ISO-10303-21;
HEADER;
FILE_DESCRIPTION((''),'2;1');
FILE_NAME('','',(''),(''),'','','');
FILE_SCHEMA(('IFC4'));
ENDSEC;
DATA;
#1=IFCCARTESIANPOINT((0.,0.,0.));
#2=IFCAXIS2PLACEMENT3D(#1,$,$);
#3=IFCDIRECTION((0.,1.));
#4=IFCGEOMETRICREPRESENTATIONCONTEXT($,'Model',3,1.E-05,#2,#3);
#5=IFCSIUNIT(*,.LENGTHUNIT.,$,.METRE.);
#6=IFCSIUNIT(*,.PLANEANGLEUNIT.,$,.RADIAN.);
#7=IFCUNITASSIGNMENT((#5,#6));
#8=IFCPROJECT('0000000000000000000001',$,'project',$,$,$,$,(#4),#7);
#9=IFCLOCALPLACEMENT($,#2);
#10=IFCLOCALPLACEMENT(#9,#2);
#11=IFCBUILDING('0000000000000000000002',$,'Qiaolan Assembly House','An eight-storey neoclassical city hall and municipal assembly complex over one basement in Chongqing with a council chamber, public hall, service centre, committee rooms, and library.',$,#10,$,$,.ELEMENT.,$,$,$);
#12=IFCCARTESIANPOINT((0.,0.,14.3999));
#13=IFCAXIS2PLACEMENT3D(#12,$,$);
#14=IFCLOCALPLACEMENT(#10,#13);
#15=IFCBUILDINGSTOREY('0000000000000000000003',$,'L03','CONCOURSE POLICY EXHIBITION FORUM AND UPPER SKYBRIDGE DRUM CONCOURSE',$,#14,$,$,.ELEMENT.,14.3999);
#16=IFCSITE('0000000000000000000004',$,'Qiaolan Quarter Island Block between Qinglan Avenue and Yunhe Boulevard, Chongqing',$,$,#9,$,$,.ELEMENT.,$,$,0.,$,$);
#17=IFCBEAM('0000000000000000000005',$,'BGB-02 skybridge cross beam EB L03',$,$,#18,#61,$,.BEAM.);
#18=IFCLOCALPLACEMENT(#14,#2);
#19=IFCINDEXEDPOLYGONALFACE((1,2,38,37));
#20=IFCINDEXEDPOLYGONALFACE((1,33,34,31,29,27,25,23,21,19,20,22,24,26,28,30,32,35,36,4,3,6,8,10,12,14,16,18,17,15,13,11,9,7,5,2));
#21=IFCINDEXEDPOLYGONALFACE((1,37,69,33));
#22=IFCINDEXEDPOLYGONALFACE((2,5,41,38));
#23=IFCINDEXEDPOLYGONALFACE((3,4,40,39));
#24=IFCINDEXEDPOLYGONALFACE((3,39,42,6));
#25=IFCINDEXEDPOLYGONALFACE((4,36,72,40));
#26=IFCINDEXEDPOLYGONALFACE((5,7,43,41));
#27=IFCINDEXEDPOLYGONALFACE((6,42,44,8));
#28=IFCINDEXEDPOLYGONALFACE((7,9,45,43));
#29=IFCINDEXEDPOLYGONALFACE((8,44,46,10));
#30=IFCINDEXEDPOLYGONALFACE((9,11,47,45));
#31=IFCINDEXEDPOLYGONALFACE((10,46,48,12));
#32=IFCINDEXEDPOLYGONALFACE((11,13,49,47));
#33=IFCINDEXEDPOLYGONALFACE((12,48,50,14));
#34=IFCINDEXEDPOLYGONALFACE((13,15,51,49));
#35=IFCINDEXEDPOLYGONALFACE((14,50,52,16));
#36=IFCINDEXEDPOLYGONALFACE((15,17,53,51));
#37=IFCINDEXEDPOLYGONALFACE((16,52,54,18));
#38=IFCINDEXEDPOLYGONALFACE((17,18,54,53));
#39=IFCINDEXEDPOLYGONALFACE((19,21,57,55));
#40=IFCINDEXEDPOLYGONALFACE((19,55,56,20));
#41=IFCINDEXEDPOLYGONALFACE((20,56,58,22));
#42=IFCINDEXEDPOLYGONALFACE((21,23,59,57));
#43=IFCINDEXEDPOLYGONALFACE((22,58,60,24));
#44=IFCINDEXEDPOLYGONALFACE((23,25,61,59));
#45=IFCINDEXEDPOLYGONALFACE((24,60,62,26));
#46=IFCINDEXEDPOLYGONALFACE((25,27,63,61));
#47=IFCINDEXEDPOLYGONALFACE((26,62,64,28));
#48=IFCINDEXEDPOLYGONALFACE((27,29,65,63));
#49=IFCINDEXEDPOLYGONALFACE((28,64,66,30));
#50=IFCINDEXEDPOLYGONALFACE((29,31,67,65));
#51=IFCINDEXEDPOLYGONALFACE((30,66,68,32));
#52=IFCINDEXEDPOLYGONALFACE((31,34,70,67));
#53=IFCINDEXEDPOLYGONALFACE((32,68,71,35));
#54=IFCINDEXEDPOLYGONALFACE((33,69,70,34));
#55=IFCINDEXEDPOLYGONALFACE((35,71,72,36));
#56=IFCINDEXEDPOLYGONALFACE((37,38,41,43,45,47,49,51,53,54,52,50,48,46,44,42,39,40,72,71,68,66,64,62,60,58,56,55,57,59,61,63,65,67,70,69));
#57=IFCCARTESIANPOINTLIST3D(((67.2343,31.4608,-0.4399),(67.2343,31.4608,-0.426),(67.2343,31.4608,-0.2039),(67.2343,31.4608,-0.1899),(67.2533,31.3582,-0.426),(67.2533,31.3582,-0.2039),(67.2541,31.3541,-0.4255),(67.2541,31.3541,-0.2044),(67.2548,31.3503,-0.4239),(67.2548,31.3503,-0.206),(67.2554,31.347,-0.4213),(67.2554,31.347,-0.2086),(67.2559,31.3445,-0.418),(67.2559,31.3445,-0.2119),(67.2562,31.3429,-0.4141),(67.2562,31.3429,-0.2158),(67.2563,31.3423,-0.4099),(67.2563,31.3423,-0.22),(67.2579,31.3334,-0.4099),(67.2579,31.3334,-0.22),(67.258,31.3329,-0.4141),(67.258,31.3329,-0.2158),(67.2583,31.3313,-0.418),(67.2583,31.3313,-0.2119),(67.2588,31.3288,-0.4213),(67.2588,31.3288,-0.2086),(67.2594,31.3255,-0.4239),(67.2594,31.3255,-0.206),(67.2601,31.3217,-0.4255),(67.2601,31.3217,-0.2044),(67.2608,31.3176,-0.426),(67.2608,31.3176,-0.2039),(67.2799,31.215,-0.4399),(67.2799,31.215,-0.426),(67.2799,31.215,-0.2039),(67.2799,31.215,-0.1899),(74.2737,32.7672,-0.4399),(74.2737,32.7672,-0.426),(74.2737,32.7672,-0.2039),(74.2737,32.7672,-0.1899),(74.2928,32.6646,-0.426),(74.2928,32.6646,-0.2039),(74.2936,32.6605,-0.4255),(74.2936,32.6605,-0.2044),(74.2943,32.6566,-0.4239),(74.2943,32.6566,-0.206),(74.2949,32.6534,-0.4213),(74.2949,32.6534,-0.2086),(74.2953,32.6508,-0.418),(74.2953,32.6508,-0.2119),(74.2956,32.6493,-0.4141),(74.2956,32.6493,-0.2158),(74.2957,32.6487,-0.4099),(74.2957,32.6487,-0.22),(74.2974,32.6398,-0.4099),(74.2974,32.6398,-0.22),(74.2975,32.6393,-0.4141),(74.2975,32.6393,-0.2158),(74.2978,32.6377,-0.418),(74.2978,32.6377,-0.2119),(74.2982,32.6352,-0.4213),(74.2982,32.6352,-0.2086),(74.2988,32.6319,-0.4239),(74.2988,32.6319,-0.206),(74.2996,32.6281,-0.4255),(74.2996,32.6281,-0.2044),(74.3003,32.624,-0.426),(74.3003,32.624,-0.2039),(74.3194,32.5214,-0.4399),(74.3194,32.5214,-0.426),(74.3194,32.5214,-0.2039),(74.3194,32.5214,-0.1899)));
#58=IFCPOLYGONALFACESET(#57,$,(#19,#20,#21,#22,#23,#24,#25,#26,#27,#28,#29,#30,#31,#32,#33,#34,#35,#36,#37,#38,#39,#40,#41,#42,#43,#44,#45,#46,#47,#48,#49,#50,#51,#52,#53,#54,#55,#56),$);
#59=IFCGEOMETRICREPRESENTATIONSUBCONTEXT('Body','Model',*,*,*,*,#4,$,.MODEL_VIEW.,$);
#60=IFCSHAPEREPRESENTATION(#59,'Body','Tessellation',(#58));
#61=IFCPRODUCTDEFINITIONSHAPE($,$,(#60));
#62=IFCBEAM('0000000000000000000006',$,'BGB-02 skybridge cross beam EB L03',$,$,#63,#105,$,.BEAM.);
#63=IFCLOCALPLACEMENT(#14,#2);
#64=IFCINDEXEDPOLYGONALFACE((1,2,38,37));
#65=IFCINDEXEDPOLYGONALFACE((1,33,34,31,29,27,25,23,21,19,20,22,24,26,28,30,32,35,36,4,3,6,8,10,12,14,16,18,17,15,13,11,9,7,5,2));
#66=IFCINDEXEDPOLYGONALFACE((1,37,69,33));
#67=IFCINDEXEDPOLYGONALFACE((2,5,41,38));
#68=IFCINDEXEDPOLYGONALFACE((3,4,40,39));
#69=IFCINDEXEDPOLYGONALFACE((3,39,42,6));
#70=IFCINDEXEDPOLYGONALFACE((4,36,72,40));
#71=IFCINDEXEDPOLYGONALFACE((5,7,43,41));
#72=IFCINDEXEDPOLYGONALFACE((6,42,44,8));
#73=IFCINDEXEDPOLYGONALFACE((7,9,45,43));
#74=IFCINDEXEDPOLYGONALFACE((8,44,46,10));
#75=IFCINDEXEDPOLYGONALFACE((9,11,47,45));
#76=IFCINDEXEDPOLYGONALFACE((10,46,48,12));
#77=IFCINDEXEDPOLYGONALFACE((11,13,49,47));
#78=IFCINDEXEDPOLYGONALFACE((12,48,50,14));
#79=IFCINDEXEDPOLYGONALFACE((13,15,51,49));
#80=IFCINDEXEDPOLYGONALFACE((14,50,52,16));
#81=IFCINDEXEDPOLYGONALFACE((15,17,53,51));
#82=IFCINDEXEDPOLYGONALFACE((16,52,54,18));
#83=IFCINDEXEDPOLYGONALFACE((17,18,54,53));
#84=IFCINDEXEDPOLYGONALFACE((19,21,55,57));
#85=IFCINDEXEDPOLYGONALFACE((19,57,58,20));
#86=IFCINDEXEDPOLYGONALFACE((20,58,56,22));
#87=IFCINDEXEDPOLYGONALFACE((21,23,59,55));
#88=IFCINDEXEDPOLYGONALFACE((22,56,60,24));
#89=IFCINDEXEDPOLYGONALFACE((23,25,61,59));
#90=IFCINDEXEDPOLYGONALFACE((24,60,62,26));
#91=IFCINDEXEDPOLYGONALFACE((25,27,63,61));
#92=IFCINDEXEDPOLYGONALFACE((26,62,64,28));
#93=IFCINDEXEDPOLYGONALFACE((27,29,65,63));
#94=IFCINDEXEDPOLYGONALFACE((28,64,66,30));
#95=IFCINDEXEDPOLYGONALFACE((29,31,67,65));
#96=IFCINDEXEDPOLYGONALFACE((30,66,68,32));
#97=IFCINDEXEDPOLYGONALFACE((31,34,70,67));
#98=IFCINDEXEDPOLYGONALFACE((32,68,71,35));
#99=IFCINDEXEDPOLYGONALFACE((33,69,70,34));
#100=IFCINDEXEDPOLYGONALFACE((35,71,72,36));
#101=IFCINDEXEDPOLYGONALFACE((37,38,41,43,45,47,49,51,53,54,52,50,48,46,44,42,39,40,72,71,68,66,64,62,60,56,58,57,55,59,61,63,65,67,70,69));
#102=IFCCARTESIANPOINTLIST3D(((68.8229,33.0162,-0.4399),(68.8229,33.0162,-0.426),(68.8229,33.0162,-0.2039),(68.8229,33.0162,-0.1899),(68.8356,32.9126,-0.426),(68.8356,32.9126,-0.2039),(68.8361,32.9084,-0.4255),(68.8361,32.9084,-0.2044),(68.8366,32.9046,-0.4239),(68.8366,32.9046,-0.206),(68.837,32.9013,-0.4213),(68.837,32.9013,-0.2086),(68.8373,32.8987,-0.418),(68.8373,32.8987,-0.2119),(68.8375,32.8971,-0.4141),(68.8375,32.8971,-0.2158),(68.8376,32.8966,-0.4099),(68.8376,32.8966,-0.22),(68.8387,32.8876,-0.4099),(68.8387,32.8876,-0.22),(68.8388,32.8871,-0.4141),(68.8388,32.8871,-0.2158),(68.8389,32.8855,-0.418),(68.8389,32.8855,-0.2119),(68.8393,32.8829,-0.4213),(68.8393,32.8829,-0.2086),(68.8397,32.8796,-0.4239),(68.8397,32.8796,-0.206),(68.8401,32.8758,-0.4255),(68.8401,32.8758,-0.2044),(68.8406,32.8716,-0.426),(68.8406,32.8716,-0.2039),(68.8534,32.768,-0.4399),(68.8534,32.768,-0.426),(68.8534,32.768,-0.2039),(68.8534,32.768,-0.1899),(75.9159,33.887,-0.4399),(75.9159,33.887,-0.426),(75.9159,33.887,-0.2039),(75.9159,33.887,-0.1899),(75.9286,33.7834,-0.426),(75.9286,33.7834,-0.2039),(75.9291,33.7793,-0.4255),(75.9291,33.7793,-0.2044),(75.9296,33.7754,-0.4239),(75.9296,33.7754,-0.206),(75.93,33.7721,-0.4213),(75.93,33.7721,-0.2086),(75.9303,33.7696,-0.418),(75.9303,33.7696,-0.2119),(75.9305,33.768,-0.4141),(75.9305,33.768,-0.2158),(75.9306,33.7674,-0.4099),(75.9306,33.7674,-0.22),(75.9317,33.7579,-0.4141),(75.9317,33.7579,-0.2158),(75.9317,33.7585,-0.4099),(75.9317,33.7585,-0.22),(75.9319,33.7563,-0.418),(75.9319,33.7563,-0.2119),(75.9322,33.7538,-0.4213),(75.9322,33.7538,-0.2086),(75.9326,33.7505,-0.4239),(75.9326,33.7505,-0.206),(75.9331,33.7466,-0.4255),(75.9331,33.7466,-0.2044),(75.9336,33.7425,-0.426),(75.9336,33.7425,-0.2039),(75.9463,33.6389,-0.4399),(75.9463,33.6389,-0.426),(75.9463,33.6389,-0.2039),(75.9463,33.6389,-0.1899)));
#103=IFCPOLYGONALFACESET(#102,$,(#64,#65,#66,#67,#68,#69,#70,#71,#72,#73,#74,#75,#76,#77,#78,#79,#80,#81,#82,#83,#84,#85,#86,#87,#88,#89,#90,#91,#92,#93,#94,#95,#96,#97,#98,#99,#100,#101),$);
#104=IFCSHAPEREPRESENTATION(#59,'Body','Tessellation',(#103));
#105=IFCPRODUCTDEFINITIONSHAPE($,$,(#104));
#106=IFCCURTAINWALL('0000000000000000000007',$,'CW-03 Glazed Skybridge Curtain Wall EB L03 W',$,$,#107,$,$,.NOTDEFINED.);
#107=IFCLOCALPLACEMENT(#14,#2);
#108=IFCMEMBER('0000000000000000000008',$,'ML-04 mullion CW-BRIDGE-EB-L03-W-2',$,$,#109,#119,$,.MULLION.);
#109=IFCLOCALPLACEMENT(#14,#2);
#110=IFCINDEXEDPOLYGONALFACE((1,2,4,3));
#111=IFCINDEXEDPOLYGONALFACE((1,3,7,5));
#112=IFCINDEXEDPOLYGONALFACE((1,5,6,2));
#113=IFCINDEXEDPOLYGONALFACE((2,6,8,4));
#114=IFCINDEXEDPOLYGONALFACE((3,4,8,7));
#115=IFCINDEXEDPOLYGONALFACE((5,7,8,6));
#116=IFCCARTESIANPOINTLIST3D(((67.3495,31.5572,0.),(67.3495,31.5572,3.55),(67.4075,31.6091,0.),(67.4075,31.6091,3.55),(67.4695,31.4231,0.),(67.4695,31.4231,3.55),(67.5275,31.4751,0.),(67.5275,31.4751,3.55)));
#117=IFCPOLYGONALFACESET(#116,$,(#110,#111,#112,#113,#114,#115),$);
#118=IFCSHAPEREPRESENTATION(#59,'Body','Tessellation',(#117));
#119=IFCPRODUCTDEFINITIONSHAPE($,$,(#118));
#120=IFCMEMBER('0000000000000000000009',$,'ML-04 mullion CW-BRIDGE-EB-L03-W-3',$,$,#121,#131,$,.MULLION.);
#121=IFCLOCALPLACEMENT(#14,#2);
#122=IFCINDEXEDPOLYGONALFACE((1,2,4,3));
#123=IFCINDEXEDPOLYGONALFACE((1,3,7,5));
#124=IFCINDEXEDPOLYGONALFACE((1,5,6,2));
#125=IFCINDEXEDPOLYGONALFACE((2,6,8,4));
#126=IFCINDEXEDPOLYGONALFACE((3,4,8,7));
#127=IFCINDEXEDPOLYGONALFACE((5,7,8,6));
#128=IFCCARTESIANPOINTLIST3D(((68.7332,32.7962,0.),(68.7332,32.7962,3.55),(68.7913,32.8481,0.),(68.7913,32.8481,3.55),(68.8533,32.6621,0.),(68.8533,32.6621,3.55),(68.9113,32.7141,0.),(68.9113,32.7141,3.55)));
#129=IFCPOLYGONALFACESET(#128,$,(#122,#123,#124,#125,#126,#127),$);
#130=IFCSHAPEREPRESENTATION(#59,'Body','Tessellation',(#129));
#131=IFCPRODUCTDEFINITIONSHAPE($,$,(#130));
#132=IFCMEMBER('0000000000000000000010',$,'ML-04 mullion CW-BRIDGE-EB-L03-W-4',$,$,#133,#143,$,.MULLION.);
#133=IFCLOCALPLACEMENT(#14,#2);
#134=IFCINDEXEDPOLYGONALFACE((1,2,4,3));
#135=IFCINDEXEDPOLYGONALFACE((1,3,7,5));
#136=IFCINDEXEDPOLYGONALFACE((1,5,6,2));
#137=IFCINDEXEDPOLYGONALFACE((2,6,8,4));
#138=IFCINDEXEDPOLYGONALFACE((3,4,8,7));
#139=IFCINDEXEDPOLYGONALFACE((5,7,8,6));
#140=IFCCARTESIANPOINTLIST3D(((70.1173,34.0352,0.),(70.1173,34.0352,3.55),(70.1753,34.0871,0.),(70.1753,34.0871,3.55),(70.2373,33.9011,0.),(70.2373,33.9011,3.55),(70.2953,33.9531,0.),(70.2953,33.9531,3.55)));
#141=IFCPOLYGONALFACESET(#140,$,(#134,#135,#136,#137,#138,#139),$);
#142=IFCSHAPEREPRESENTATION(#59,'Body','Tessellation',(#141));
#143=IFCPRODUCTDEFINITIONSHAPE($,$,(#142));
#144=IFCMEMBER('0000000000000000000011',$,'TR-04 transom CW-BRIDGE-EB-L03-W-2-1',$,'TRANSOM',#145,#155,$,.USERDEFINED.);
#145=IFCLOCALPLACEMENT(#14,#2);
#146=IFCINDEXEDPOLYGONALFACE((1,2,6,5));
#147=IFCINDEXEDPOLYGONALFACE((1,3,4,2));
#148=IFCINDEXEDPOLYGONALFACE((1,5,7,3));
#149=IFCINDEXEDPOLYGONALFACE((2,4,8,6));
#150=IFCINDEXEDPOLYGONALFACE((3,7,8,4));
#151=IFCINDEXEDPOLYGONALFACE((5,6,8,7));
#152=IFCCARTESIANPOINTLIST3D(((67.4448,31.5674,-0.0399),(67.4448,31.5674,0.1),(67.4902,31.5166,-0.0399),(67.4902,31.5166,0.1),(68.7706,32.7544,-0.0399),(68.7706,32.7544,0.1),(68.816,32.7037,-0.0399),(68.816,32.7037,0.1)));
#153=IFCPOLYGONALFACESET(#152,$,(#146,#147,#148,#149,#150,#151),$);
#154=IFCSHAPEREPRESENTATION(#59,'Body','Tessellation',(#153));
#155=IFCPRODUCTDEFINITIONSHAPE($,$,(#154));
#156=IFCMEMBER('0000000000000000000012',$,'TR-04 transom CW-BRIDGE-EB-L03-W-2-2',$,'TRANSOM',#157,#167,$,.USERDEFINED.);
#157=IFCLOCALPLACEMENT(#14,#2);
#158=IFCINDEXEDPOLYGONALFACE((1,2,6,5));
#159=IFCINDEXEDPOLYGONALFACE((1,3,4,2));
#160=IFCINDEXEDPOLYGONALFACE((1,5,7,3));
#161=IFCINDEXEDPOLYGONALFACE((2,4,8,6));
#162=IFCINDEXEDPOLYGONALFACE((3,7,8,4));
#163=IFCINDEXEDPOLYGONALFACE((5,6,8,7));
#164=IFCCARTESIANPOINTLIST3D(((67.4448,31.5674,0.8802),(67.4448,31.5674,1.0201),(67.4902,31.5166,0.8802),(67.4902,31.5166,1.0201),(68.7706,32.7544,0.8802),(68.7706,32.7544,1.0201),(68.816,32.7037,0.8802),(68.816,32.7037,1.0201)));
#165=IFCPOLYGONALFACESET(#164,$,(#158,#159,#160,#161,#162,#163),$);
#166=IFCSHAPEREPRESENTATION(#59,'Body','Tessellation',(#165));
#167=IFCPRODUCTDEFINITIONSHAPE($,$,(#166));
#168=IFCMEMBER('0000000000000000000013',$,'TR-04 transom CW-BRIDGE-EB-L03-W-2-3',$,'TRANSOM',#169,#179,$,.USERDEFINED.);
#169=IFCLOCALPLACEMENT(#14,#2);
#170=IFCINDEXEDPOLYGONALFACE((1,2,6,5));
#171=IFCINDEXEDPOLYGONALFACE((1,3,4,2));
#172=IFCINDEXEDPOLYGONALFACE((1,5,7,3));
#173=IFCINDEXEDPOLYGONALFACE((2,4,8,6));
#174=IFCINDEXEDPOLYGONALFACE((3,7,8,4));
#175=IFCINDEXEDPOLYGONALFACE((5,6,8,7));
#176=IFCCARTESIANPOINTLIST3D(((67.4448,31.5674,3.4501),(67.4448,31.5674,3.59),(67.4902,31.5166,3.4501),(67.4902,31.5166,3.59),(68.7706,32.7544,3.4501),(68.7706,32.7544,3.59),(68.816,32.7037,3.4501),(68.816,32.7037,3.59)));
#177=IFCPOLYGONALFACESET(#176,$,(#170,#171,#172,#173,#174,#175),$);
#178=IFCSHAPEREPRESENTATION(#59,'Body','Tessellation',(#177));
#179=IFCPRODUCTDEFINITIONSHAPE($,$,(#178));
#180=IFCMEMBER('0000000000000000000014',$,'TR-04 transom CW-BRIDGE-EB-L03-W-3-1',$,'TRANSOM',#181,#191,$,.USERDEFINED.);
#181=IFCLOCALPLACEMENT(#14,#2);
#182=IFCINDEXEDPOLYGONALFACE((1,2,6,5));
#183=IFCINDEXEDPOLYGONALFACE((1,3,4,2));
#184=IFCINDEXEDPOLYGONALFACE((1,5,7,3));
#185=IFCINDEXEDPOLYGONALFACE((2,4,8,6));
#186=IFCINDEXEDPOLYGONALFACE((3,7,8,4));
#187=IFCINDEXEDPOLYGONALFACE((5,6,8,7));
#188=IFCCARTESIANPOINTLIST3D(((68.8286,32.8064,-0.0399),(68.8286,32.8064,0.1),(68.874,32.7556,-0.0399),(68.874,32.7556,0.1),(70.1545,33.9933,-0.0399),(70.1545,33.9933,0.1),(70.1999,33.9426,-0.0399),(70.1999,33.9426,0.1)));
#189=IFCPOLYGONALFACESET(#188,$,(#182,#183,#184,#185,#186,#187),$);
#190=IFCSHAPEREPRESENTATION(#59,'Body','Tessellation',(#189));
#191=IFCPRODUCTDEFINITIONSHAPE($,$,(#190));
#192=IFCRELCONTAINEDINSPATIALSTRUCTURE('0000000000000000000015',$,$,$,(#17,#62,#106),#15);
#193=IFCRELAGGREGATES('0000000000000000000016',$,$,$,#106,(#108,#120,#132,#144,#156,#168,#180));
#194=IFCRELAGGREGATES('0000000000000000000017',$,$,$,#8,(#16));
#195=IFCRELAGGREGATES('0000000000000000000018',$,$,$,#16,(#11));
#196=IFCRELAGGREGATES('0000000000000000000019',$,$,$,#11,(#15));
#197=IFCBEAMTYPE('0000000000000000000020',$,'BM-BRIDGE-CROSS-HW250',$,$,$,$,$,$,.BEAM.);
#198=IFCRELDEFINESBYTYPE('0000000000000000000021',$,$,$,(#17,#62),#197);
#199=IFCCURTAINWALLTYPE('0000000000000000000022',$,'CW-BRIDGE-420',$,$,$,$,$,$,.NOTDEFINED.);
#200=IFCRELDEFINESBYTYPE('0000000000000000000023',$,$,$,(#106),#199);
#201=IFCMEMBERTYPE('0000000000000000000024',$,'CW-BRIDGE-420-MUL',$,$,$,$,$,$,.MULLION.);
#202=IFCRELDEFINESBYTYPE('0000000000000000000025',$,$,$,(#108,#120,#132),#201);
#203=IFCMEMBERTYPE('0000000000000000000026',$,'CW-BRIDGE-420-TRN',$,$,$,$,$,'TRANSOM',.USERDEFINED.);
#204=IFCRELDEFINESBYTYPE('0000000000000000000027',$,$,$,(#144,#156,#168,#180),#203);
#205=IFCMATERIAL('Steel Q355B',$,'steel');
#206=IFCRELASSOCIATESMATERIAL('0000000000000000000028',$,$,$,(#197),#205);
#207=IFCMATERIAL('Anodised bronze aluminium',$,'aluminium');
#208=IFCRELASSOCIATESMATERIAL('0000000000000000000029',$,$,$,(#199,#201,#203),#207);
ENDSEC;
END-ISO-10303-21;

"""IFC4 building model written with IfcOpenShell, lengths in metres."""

from ifc_helpers import new_model, si_unit, direction, frame, origin, origin_2d, place, context, subcontext, project, spatial, rectangle, i_section, extrude, material, material_profile, profile_set, type_object, element, aggregate, save


model = new_model("IFC4")

# Units and contexts
model_context = context("Model", 3, precision=1e-05, world=origin(), true_north=direction((0.0, 1.0)))
body_context = subcontext(model_context, "Body", "Model", "MODEL_VIEW")
ifc_project = project(units=[si_unit("LENGTHUNIT", "METRE"), si_unit("PLANEANGLEUNIT", "RADIAN")], contexts=[model_context])

# Site, building, storey
site_placement = place(None, origin())
site = spatial("IfcSite", under=ifc_project, at=site_placement, Name="Qiaolan Quarter Island Block between Qinglan Avenue and Yunhe Boulevard, Chongqing", CompositionType="ELEMENT", RefElevation=0.0)
building_placement = place(site_placement, origin())
building = spatial("IfcBuilding", under=site, at=building_placement, Name="Qiaolan Assembly House", Description="An eight-storey neoclassical city hall and municipal assembly complex over one basement in Chongqing with a council chamber, public hall, service centre, committee rooms, and library.", CompositionType="ELEMENT")
storey_placement = place(building_placement, frame((0.0, 0.0, 14.3999)))
storey = spatial("IfcBuildingStorey", under=building, at=storey_placement, Name="L03", Description="CONCOURSE POLICY EXHIBITION FORUM AND UPPER SKYBRIDGE DRUM CONCOURSE", CompositionType="ELEMENT", Elevation=14.3999)

# Beams
ifc_material_1 = material(Name="Steel Q355B", Category="steel")
ifc_material_profile_1 = material_profile(ifc_material_1, i_section(OverallWidth=0.25, OverallDepth=0.25, WebThickness=0.009, FlangeThickness=0.0139, FilletRadius=0.0161, at=origin_2d()), Name="HW 250x250x9x14")
ifc_profile_set_1 = profile_set([ifc_material_profile_1], Name="Steel Q355B")
beam_type = type_object("IfcBeamType", Name="BM-BRIDGE-CROSS-HW250", PredefinedType="BEAM", material=ifc_profile_set_1)
beam_1_placement = place(storey_placement, frame((67.2571, 31.3379, -0.3149), z_axis=(0.983213, 0.182464, 0.0), x_axis=(-0.182464, 0.983213, 0.0)))
element("IfcBeam", 1, at=beam_1_placement, inside=storey, type_object=beam_type, Name="BGB-02 skybridge cross beam EB L03", PredefinedType="BEAM", context=body_context, shape_type="SweptSolid", body=[
    extrude(i_section(OverallWidth=0.25, OverallDepth=0.25, WebThickness=0.009, FlangeThickness=0.0139, FilletRadius=0.0161, at=origin_2d()), origin(), (0.0, 0.0, 1.0), 7.1597),
])
beam_2_placement = place(storey_placement, frame((68.8381, 32.8921, -0.3149), z_axis=(0.992547, 0.121861, 0.0), x_axis=(-0.121861, 0.992547, 0.0)))
element("IfcBeam", 2, at=beam_2_placement, inside=storey, type_object=beam_type, Name="BGB-02 skybridge cross beam EB L03", PredefinedType="BEAM", context=body_context, shape_type="SweptSolid", body=[
    extrude(i_section(OverallWidth=0.25, OverallDepth=0.25, WebThickness=0.009, FlangeThickness=0.0139, FilletRadius=0.0161, at=origin_2d()), origin(), (0.0, 0.0, 1.0), 7.1462),
])

# Curtain wall, members
ifc_material_2 = material(Name="Anodised bronze aluminium", Category="aluminium")
curtain_wall_type = type_object("IfcCurtainWallType", Name="CW-BRIDGE-420", PredefinedType="NOTDEFINED", material=ifc_material_2)
curtain_wall_placement = place(storey_placement, origin())
curtain_wall = element("IfcCurtainWall", 3, at=curtain_wall_placement, inside=storey, type_object=curtain_wall_type, Name="CW-03 Glazed Skybridge Curtain Wall EB L03 W", PredefinedType="NOTDEFINED")
ifc_material_profile_2 = material_profile(ifc_material_2, rectangle(XDim=0.0779, YDim=0.1799, at=origin_2d()), Name="MUL 78x180")
ifc_profile_set_2 = profile_set([ifc_material_profile_2], Name="Anodised bronze aluminium")
member_type_1 = type_object("IfcMemberType", Name="CW-BRIDGE-420-MUL", PredefinedType="MULLION", material=ifc_profile_set_2)
member_1_placement = place(storey_placement, frame((67.4385, 31.5161, 0.0), z_axis=(0.0, 0.0, 1.0), x_axis=(0.745038, 0.667022, 0.0)))
member_1 = element("IfcMember", 4, at=member_1_placement, type_object=member_type_1, Name="ML-04 mullion CW-BRIDGE-EB-L03-W-2", PredefinedType="MULLION", context=body_context, shape_type="SweptSolid", body=[
    extrude(rectangle(XDim=0.0779, YDim=0.1799, at=origin_2d()), origin(), (0.0, 0.0, 1.0), 3.55),
])
member_2_placement = place(storey_placement, frame((68.8223, 32.7551, 0.0), z_axis=(0.0, 0.0, 1.0), x_axis=(0.745038, 0.667022, 0.0)))
member_2 = element("IfcMember", 5, at=member_2_placement, type_object=member_type_1, Name="ML-04 mullion CW-BRIDGE-EB-L03-W-3", PredefinedType="MULLION", context=body_context, shape_type="SweptSolid", body=[
    extrude(rectangle(XDim=0.0779, YDim=0.1799, at=origin_2d()), origin(), (0.0, 0.0, 1.0), 3.55),
])
member_3_placement = place(storey_placement, frame((70.2063, 33.9941, 0.0), z_axis=(0.0, 0.0, 1.0), x_axis=(0.745038, 0.667022, 0.0)))
member_3 = element("IfcMember", 6, at=member_3_placement, type_object=member_type_1, Name="ML-04 mullion CW-BRIDGE-EB-L03-W-4", PredefinedType="MULLION", context=body_context, shape_type="SweptSolid", body=[
    extrude(rectangle(XDim=0.0779, YDim=0.1799, at=origin_2d()), origin(), (0.0, 0.0, 1.0), 3.55),
])
ifc_material_profile_3 = material_profile(ifc_material_2, rectangle(XDim=0.0681, YDim=0.1399, at=origin_2d()), Name="TRN 68x140")
ifc_profile_set_3 = profile_set([ifc_material_profile_3], Name="Anodised bronze aluminium")
member_type_2 = type_object("IfcMemberType", Name="CW-BRIDGE-420-TRN", ElementType="TRANSOM", PredefinedType="USERDEFINED", material=ifc_profile_set_3)
member_4_placement = place(storey_placement, frame((67.4675, 31.542, 0.03), z_axis=(0.744997, 0.667068, 0.0), x_axis=(-0.667068, 0.744997, 0.0)))
member_4 = element("IfcMember", 7, at=member_4_placement, type_object=member_type_2, Name="TR-04 transom CW-BRIDGE-EB-L03-W-2-1", ObjectType="TRANSOM", PredefinedType="USERDEFINED", context=body_context, shape_type="SweptSolid", body=[
    extrude(rectangle(XDim=0.0681, YDim=0.1399, at=origin_2d()), origin(), (0.0, 0.0, 1.0), 1.7795),
])
member_5_placement = place(storey_placement, frame((67.4675, 31.542, 0.9502), z_axis=(0.744997, 0.667068, 0.0), x_axis=(-0.667068, 0.744997, 0.0)))
member_5 = element("IfcMember", 8, at=member_5_placement, type_object=member_type_2, Name="TR-04 transom CW-BRIDGE-EB-L03-W-2-2", ObjectType="TRANSOM", PredefinedType="USERDEFINED", context=body_context, shape_type="SweptSolid", body=[
    extrude(rectangle(XDim=0.0681, YDim=0.1399, at=origin_2d()), origin(), (0.0, 0.0, 1.0), 1.7795),
])
member_6_placement = place(storey_placement, frame((67.4675, 31.542, 3.52), z_axis=(0.744997, 0.667068, 0.0), x_axis=(-0.667068, 0.744997, 0.0)))
member_6 = element("IfcMember", 9, at=member_6_placement, type_object=member_type_2, Name="TR-04 transom CW-BRIDGE-EB-L03-W-2-3", ObjectType="TRANSOM", PredefinedType="USERDEFINED", context=body_context, shape_type="SweptSolid", body=[
    extrude(rectangle(XDim=0.0681, YDim=0.1399, at=origin_2d()), origin(), (0.0, 0.0, 1.0), 1.7795),
])
member_7_placement = place(storey_placement, frame((68.8513, 32.781, 0.03), z_axis=(0.745058, 0.666999, 0.0), x_axis=(-0.666999, 0.745058, 0.0)))
member_7 = element("IfcMember", 10, at=member_7_placement, type_object=member_type_2, Name="TR-04 transom CW-BRIDGE-EB-L03-W-3-1", ObjectType="TRANSOM", PredefinedType="USERDEFINED", context=body_context, shape_type="SweptSolid", body=[
    extrude(rectangle(XDim=0.0681, YDim=0.1399, at=origin_2d()), origin(), (0.0, 0.0, 1.0), 1.7795),
])

aggregate(curtain_wall, [member_1, member_2, member_3, member_4, member_5, member_6, member_7])

save(model, "model.ifc")
